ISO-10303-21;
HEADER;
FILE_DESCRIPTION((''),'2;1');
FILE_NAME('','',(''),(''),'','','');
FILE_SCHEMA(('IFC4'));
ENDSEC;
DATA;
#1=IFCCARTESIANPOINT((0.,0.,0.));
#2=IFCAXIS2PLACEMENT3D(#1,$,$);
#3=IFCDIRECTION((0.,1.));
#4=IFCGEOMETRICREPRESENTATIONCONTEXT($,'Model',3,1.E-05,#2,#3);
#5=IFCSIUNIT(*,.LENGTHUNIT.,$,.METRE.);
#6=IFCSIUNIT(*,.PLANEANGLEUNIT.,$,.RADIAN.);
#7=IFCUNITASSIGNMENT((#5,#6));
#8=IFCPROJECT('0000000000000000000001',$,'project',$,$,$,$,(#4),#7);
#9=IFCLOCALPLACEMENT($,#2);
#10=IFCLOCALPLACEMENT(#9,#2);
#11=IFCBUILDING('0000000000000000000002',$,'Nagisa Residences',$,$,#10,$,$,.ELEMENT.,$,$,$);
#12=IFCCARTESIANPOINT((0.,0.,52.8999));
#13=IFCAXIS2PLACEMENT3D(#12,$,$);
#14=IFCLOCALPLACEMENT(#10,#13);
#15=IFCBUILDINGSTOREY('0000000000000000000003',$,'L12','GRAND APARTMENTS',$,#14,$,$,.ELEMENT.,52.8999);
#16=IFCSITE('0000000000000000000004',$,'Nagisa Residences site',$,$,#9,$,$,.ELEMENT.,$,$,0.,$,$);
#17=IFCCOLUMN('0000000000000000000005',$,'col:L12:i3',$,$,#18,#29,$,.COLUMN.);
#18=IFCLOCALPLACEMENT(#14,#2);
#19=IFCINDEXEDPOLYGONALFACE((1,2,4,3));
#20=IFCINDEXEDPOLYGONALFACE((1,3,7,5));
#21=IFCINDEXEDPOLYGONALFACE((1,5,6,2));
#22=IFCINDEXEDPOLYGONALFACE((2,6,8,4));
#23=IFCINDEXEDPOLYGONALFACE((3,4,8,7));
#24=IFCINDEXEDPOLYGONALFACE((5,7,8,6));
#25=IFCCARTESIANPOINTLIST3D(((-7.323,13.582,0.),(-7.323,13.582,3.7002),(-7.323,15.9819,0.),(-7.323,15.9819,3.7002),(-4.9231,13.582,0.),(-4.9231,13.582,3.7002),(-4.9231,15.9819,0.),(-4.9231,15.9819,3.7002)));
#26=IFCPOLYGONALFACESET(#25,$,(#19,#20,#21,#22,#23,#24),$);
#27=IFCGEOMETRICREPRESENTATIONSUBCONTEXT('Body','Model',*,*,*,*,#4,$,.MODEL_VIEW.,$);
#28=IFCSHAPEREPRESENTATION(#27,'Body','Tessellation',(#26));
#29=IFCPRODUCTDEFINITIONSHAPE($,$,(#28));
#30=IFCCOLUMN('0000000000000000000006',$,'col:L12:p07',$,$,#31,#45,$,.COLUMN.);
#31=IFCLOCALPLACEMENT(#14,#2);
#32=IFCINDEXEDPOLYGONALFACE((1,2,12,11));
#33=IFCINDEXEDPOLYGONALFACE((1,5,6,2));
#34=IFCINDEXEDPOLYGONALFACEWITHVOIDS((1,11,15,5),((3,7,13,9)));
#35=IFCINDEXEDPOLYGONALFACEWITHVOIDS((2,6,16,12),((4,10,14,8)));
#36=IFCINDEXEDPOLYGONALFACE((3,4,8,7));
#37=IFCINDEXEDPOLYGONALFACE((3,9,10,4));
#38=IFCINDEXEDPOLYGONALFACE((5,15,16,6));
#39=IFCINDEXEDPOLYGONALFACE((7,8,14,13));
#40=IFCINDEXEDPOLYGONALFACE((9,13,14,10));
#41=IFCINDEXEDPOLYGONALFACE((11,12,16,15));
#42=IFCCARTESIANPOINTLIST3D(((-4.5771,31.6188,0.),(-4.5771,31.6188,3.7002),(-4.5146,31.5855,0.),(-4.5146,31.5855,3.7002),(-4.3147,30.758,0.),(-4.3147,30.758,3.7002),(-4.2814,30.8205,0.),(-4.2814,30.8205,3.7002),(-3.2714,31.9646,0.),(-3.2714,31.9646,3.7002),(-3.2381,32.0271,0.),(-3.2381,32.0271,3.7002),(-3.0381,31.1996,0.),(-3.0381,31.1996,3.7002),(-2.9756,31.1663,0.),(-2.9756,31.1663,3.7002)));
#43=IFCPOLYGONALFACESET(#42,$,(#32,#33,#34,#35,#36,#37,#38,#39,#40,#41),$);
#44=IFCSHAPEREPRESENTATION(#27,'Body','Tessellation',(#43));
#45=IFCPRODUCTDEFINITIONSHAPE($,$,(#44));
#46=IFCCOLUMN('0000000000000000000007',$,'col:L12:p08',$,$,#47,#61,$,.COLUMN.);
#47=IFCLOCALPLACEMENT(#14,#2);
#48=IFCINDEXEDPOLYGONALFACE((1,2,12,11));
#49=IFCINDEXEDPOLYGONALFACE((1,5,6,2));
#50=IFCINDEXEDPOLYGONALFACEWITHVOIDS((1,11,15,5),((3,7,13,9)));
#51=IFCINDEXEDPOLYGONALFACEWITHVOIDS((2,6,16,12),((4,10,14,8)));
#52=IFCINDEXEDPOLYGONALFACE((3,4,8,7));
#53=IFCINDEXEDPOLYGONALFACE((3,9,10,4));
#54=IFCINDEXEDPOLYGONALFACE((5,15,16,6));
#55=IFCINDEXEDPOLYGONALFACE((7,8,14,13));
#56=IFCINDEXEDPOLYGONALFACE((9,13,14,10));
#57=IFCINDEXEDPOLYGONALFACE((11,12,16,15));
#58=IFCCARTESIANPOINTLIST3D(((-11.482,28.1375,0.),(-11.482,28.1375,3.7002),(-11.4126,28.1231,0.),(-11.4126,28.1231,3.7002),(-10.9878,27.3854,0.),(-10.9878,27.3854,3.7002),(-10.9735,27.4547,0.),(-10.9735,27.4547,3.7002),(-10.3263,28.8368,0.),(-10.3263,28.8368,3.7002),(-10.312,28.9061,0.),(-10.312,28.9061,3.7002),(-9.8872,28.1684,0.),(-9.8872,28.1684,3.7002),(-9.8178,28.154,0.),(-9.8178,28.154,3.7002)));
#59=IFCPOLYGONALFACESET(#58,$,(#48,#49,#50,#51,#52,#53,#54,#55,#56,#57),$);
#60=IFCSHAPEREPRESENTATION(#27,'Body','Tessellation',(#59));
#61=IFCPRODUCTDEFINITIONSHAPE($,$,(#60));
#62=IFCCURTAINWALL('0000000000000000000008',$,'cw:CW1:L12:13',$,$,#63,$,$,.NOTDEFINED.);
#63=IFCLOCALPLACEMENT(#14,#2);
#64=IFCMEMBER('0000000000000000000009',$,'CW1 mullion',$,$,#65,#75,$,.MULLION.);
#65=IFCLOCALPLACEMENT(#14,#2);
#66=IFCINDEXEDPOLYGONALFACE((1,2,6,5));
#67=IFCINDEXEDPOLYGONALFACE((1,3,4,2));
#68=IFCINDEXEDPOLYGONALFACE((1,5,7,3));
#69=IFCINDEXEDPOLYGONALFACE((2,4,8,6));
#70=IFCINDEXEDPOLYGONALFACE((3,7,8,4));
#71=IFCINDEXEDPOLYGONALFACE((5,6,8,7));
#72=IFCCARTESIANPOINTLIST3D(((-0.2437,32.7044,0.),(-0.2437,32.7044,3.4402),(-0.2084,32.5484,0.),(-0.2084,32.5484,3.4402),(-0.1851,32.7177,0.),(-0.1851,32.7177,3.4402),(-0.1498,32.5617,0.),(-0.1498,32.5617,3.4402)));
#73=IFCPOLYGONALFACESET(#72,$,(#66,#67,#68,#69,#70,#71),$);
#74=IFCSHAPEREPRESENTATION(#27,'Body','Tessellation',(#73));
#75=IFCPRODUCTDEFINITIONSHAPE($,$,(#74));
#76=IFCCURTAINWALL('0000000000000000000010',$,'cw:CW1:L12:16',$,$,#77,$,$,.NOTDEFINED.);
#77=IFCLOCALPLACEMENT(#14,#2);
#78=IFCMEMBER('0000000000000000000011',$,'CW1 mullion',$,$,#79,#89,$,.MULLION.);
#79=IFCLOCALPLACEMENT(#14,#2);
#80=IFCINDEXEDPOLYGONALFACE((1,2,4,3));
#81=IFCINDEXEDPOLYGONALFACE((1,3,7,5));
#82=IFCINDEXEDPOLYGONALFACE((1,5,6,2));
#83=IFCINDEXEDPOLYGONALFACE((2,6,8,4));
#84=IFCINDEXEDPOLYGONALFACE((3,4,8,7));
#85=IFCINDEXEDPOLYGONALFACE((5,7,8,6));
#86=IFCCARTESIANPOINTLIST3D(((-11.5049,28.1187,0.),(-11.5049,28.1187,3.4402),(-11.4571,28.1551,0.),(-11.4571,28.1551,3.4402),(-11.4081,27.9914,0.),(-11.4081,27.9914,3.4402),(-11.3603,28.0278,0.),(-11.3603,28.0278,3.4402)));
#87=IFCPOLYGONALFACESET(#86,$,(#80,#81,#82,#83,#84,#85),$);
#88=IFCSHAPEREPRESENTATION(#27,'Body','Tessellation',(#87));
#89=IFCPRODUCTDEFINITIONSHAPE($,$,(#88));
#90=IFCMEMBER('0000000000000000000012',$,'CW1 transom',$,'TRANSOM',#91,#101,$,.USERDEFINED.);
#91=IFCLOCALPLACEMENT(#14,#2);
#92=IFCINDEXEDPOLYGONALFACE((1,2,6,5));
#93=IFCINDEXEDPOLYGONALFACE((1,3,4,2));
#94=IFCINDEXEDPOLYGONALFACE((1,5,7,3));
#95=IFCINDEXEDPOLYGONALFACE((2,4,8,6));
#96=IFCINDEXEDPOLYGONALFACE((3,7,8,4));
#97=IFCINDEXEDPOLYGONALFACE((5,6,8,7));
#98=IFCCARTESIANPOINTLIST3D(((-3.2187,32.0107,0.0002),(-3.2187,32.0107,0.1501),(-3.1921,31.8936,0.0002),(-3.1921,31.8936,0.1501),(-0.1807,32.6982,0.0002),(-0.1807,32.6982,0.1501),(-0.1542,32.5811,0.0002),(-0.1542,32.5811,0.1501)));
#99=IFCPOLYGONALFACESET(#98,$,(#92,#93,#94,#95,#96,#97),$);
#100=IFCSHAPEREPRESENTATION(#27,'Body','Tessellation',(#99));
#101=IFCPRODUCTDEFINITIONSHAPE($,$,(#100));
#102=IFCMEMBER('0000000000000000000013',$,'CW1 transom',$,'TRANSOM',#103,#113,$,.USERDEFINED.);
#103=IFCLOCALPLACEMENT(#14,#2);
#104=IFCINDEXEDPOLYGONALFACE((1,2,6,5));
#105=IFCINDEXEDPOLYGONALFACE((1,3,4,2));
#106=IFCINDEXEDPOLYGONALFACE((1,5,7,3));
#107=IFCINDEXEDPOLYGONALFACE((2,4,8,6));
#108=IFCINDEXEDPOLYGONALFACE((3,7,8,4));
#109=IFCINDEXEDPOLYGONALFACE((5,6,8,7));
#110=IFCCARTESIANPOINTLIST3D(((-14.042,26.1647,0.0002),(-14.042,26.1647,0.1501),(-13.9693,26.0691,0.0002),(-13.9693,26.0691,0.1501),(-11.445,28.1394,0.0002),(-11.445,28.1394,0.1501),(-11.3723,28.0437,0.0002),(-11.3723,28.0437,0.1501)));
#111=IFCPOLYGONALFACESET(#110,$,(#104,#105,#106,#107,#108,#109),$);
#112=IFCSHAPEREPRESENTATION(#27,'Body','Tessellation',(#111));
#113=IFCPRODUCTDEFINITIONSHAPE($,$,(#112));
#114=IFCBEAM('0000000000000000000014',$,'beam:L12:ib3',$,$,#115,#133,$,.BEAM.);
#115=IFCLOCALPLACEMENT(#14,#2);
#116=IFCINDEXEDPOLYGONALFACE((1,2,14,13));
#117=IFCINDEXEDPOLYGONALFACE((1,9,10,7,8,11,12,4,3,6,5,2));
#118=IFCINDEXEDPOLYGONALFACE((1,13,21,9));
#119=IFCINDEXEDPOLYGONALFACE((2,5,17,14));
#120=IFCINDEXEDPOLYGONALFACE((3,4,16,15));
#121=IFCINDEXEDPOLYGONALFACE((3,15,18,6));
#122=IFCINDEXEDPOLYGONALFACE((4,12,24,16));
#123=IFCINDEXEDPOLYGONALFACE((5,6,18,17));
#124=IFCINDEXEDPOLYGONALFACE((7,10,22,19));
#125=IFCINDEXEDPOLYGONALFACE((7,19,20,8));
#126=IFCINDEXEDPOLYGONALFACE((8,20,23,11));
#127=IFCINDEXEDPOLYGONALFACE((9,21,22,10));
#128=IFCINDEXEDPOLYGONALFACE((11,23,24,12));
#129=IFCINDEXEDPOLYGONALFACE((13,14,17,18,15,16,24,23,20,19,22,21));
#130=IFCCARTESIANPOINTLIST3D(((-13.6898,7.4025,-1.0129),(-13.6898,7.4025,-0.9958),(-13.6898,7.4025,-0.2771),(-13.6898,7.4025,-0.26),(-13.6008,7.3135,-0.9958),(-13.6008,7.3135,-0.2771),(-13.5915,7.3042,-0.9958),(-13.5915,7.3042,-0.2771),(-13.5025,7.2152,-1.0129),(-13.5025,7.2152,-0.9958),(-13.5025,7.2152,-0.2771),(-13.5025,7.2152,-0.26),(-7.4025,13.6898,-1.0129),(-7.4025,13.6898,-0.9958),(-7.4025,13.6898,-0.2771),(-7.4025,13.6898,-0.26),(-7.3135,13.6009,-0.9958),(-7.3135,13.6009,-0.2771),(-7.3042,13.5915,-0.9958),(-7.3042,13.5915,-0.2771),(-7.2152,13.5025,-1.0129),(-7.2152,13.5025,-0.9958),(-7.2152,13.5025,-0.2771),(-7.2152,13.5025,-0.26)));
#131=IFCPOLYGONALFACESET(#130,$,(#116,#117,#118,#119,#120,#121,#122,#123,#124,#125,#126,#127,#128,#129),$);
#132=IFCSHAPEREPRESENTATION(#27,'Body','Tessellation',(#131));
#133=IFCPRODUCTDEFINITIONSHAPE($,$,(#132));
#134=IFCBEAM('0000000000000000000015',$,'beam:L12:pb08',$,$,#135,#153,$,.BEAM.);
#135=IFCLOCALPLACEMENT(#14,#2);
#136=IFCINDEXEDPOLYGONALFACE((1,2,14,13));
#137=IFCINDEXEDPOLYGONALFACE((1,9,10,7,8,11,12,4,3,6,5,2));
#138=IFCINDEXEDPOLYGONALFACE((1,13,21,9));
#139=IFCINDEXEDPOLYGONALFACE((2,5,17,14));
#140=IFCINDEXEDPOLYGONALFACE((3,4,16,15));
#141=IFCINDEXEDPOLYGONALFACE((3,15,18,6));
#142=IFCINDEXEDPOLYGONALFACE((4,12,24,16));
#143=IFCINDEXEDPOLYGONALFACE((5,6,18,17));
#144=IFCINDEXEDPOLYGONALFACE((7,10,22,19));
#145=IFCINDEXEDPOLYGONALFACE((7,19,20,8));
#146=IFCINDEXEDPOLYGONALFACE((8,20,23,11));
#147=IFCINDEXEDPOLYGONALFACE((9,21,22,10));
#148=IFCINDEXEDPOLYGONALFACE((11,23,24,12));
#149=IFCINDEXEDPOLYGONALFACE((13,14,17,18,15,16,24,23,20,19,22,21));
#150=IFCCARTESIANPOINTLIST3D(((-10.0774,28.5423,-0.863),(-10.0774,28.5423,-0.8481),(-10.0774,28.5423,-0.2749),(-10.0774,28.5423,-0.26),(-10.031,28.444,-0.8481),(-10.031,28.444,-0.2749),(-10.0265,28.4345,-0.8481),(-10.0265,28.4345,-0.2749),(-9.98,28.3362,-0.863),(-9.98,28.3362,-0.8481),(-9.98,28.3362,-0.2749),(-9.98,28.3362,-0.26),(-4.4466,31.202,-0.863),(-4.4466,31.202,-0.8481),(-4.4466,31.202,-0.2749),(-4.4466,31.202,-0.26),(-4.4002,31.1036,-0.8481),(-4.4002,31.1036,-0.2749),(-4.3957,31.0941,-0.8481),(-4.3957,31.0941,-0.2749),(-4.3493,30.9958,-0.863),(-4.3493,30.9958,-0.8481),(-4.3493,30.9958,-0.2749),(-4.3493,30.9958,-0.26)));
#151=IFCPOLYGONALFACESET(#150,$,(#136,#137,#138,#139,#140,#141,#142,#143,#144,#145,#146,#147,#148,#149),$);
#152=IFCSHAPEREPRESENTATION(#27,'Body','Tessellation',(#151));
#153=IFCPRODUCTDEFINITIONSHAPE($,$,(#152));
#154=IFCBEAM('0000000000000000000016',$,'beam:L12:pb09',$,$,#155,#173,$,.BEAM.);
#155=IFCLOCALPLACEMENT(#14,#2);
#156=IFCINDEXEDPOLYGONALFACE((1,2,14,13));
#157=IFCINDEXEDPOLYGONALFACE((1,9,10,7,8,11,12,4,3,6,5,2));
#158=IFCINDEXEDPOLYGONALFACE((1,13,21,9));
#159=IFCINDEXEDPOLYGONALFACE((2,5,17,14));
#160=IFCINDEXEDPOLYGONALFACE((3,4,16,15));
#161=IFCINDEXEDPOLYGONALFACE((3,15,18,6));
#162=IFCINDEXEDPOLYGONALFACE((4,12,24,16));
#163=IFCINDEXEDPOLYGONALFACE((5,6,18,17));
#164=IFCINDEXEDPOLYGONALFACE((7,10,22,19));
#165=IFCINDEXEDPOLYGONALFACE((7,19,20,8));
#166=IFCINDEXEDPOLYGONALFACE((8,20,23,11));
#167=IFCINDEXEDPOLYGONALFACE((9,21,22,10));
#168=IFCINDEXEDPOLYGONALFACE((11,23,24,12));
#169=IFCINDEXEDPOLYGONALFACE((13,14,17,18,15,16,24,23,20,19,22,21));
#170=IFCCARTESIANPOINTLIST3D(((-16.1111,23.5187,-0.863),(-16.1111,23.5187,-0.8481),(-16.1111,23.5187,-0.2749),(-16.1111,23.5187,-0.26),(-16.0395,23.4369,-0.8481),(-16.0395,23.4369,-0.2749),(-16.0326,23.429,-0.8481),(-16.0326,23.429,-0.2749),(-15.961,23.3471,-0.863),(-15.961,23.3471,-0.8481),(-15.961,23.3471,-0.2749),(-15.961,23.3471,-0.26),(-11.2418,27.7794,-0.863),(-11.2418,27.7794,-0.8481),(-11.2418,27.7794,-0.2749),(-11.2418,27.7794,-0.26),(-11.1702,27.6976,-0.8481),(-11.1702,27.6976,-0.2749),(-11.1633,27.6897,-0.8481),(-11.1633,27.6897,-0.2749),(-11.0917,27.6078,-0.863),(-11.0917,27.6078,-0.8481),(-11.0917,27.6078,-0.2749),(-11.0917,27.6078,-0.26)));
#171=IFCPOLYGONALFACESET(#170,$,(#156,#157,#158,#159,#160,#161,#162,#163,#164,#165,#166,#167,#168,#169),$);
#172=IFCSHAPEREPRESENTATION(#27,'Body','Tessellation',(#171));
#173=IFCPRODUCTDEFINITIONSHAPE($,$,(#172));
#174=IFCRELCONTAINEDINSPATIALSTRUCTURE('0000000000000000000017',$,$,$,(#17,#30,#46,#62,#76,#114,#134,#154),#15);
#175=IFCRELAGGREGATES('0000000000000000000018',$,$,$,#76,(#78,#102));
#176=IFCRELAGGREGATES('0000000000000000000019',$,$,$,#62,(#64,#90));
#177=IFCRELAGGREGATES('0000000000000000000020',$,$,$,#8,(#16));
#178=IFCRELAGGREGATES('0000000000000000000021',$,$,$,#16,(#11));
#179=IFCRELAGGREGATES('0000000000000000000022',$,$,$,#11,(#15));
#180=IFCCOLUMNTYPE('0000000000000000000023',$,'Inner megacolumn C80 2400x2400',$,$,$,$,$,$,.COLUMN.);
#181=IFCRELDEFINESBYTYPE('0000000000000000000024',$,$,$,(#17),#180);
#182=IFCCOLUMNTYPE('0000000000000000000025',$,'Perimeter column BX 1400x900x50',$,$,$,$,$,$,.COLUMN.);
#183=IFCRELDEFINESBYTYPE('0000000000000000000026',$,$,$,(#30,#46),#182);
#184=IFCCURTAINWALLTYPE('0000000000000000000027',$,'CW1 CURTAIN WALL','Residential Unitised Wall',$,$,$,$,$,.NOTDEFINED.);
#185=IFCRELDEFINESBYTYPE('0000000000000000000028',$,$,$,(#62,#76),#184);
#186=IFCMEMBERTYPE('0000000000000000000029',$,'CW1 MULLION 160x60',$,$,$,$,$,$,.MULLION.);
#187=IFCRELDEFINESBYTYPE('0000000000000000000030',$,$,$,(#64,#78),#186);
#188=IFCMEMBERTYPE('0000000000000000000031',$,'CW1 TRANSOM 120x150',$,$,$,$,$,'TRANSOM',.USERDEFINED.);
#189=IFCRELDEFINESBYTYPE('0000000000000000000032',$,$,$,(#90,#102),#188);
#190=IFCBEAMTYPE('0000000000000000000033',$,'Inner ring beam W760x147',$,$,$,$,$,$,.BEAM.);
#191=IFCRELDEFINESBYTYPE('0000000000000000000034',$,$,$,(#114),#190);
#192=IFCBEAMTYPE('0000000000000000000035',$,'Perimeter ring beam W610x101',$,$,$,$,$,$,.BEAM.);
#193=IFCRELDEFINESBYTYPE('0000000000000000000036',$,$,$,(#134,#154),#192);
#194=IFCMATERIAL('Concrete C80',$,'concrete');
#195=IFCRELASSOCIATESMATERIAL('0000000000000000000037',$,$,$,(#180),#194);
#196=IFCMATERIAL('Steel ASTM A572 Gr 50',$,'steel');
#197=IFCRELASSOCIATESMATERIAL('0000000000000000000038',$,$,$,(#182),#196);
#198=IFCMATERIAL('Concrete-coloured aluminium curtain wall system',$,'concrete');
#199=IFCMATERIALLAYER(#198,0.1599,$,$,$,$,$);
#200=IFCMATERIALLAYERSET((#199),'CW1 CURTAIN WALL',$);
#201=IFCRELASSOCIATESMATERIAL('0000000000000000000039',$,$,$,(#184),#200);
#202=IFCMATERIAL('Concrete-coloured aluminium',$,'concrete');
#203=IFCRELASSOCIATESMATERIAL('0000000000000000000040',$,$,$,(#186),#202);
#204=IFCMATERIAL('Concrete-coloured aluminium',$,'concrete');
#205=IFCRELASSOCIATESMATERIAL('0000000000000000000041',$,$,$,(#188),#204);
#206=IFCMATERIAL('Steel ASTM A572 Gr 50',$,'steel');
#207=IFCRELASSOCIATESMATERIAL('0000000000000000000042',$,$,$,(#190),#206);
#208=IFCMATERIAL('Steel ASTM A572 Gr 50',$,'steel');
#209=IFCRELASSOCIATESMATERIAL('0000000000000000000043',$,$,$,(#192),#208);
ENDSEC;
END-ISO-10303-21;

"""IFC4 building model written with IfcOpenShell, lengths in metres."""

from ifc_helpers import new_model, si_unit, direction, frame, origin, origin_2d, place, context, subcontext, project, spatial, rectangle, hollow_rectangle, i_section, extrude, material, layer, layer_set, material_profile, profile_set, type_object, element, aggregate, save


model = new_model("IFC4")

# Units and contexts
model_context = context("Model", 3, precision=1e-05, world=origin(), true_north=direction((0.0, 1.0)))
body_context = subcontext(model_context, "Body", "Model", "MODEL_VIEW")
ifc_project = project(units=[si_unit("LENGTHUNIT", "METRE"), si_unit("PLANEANGLEUNIT", "RADIAN")], contexts=[model_context])

# Site, building, storey
site_placement = place(None, origin())
site = spatial("IfcSite", under=ifc_project, at=site_placement, Name="Nagisa Residences site", CompositionType="ELEMENT", RefElevation=0.0)
building_placement = place(site_placement, origin())
building = spatial("IfcBuilding", under=site, at=building_placement, Name="Nagisa Residences", CompositionType="ELEMENT")
storey_placement = place(building_placement, frame((0.0, 0.0, 52.8999)))
storey = spatial("IfcBuildingStorey", under=building, at=storey_placement, Name="L12", Description="GRAND APARTMENTS", CompositionType="ELEMENT", Elevation=52.8999)

# Columns
ifc_material_1 = material(Name="Concrete C80", Category="concrete")
ifc_material_profile_1 = material_profile(ifc_material_1, rectangle(XDim=2.3999, YDim=2.3999, at=origin_2d()), Name="C80 2400x2400")
ifc_profile_set_1 = profile_set([ifc_material_profile_1], Name="Concrete C80")
column_type_1 = type_object("IfcColumnType", Name="Inner megacolumn C80 2400x2400", PredefinedType="COLUMN", material=ifc_profile_set_1)
column_placement = place(storey_placement, frame((-6.123, 14.782, 0.0), z_axis=(0.0, 0.0, 1.0), x_axis=(1.0, 0.0, 0.0)))
element("IfcColumn", 1, at=column_placement, inside=storey, type_object=column_type_1, Name="col:L12:i3", PredefinedType="COLUMN", context=body_context, shape_type="SweptSolid", body=[
    extrude(rectangle(XDim=2.3999, YDim=2.3999, at=origin_2d()), origin(), (0.0, 0.0, 1.0), 3.7002),
])
ifc_material_2 = material(Name="Steel ASTM A572 Gr 50", Category="steel")
ifc_material_profile_2 = material_profile(ifc_material_2, hollow_rectangle(XDim=1.3999, YDim=0.8999, WallThickness=0.05, at=origin_2d()), Name="BX 1400x900x50")
ifc_profile_set_2 = profile_set([ifc_material_profile_2], Name="Steel ASTM A572 Gr 50")
column_type_2 = type_object("IfcColumnType", Name="Perimeter column BX 1400x900x50", PredefinedType="COLUMN", material=ifc_profile_set_2)
for number, where, z_axis, x_axis, name in (
    (2, (-3.7764, 31.3926, 0.0), (0.0, 0.0, 1.0), (-0.956525, -0.291652, 0.0), "col:L12:p07"),
    (3, (-10.6499, 28.1458, 0.0), (0.0, 0.0, 1.0), (-0.835766, -0.549086, 0.0), "col:L12:p08"),
):
    element("IfcColumn", number, at=place(storey_placement, frame(where, z_axis=z_axis, x_axis=x_axis)), inside=storey, type_object=column_type_2, Name=name, PredefinedType="COLUMN", context=body_context, shape_type="SweptSolid", body=[
        extrude(hollow_rectangle(XDim=1.3999, YDim=0.8999, WallThickness=0.05, at=origin_2d()), origin(), (0.0, 0.0, 1.0), 3.7002),
    ])

# Curtain walls, members
ifc_material_3 = material(Name="Concrete-coloured aluminium curtain wall system", Category="concrete")
ifc_layer_1 = layer(ifc_material_3, 0.1599)
ifc_layer_set_1 = layer_set([ifc_layer_1], Name="CW1 CURTAIN WALL")
curtain_wall_type = type_object("IfcCurtainWallType", Name="CW1 CURTAIN WALL", Description="Residential Unitised Wall", PredefinedType="NOTDEFINED", material=ifc_layer_set_1)
curtain_wall_1_placement = place(storey_placement, origin())
curtain_wall_1 = element("IfcCurtainWall", 4, at=curtain_wall_1_placement, inside=storey, type_object=curtain_wall_type, Name="cw:CW1:L12:13", PredefinedType="NOTDEFINED")
ifc_material_4 = material(Name="Concrete-coloured aluminium", Category="concrete")
ifc_material_profile_3 = material_profile(ifc_material_4, rectangle(XDim=0.1599, YDim=0.0601, at=origin_2d()), Name="CW1 MULLION 160x60")
ifc_profile_set_3 = profile_set([ifc_material_profile_3], Name="Concrete-coloured aluminium")
member_type_1 = type_object("IfcMemberType", Name="CW1 MULLION 160x60", PredefinedType="MULLION", material=ifc_profile_set_3)
member_1_placement = place(storey_placement, frame((-0.1968, 32.6331, 0.0), z_axis=(0.0, 0.0, 1.0), x_axis=(0.220764, -0.975327, 0.0)))
member_1 = element("IfcMember", 5, at=member_1_placement, type_object=member_type_1, Name="CW1 mullion", PredefinedType="MULLION", context=body_context, shape_type="SweptSolid", body=[
    extrude(rectangle(XDim=0.1599, YDim=0.0601, at=origin_2d()), origin(), (0.0, 0.0, 1.0), 3.4402),
])
curtain_wall_2_placement = place(storey_placement, origin())
curtain_wall_2 = element("IfcCurtainWall", 6, at=curtain_wall_2_placement, inside=storey, type_object=curtain_wall_type, Name="cw:CW1:L12:16", PredefinedType="NOTDEFINED")
member_2_placement = place(storey_placement, frame((-11.4326, 28.0732, 0.0), z_axis=(0.0, 0.0, 1.0), x_axis=(0.605255, -0.796031, 0.0)))
member_2 = element("IfcMember", 7, at=member_2_placement, type_object=member_type_1, Name="CW1 mullion", PredefinedType="MULLION", context=body_context, shape_type="SweptSolid", body=[
    extrude(rectangle(XDim=0.1599, YDim=0.0601, at=origin_2d()), origin(), (0.0, 0.0, 1.0), 3.4402),
])

# Members
ifc_material_5 = material(Name="Concrete-coloured aluminium", Category="concrete")
ifc_material_profile_4 = material_profile(ifc_material_5, rectangle(XDim=0.1201, YDim=0.1499, at=origin_2d()), Name="CW1 TRANSOM 120x150")
ifc_profile_set_4 = profile_set([ifc_material_profile_4], Name="Concrete-coloured aluminium")
member_type_2 = type_object("IfcMemberType", Name="CW1 TRANSOM 120x150", ElementType="TRANSOM", PredefinedType="USERDEFINED", material=ifc_profile_set_4)
member_3_placement = place(storey_placement, frame((-0.1675, 32.6396, 0.0752), z_axis=(-0.975335, -0.22073, 0.0), x_axis=(0.22073, -0.975335, 0.0)))
member_3 = element("IfcMember", 8, at=member_3_placement, type_object=member_type_2, Name="CW1 transom", ObjectType="TRANSOM", PredefinedType="USERDEFINED", context=body_context, shape_type="SweptSolid", body=[
    extrude(rectangle(XDim=0.1201, YDim=0.1499, at=origin_2d()), origin(), (0.0, 0.0, 1.0), 3.1147),
])
member_4_placement = place(storey_placement, frame((-11.4087, 28.0916, 0.0752), z_axis=(-0.796022, -0.605267, 0.0), x_axis=(0.605267, -0.796022, 0.0)))
member_4 = element("IfcMember", 9, at=member_4_placement, type_object=member_type_2, Name="CW1 transom", ObjectType="TRANSOM", PredefinedType="USERDEFINED", context=body_context, shape_type="SweptSolid", body=[
    extrude(rectangle(XDim=0.1201, YDim=0.1499, at=origin_2d()), origin(), (0.0, 0.0, 1.0), 3.2625),
])
aggregate(curtain_wall_2, [member_2, member_4])

# Beams
ifc_material_6 = material(Name="Steel ASTM A572 Gr 50", Category="steel")
ifc_material_profile_5 = material_profile(ifc_material_6, i_section(OverallWidth=0.2649, OverallDepth=0.7529, WebThickness=0.0132, FlangeThickness=0.0171, at=origin_2d()), Name="W760x147")
ifc_profile_set_5 = profile_set([ifc_material_profile_5], Name="Steel ASTM A572 Gr 50")
beam_type_1 = type_object("IfcBeamType", Name="Inner ring beam W760x147", PredefinedType="BEAM", material=ifc_profile_set_5)
beam_1_placement = place(storey_placement, frame((-7.3088, 13.5962, -0.6365), z_axis=(-0.707107, -0.707107, 0.0), x_axis=(0.707107, -0.707107, 0.0)))
element("IfcBeam", 10, at=beam_1_placement, inside=storey, type_object=beam_type_1, Name="beam:L12:ib3", PredefinedType="BEAM", context=body_context, shape_type="SweptSolid", body=[
    extrude(i_section(OverallWidth=0.2649, OverallDepth=0.7529, WebThickness=0.0132, FlangeThickness=0.0171, at=origin_2d()), origin(), (0.0, 0.0, 1.0), 8.8916),
])
ifc_material_7 = material(Name="Steel ASTM A572 Gr 50", Category="steel")
ifc_material_profile_6 = material_profile(ifc_material_7, i_section(OverallWidth=0.228, OverallDepth=0.603, WebThickness=0.0105, FlangeThickness=0.0149, at=origin_2d()), Name="W610x101")
ifc_profile_set_6 = profile_set([ifc_material_profile_6], Name="Steel ASTM A572 Gr 50")
beam_type_2 = type_object("IfcBeamType", Name="Perimeter ring beam W610x101", PredefinedType="BEAM", material=ifc_profile_set_6)
beam_2_placement = place(storey_placement, frame((-4.3979, 31.0989, -0.5615), z_axis=(-0.904208, -0.427092, 0.0), x_axis=(0.427092, -0.904208, 0.0)))
element("IfcBeam", 11, at=beam_2_placement, inside=storey, type_object=beam_type_2, Name="beam:L12:pb08", PredefinedType="BEAM", context=body_context, shape_type="SweptSolid", body=[
    extrude(i_section(OverallWidth=0.228, OverallDepth=0.603, WebThickness=0.0105, FlangeThickness=0.0149, at=origin_2d()), origin(), (0.0, 0.0, 1.0), 6.2273),
])
beam_3_placement = place(storey_placement, frame((-11.1667, 27.6936, -0.5615), z_axis=(-0.752574, -0.658507, 0.0), x_axis=(0.658507, -0.752574, 0.0)))
element("IfcBeam", 12, at=beam_3_placement, inside=storey, type_object=beam_type_2, Name="beam:L12:pb09", PredefinedType="BEAM", context=body_context, shape_type="SweptSolid", body=[
    extrude(i_section(OverallWidth=0.228, OverallDepth=0.603, WebThickness=0.0105, FlangeThickness=0.0149, at=origin_2d()), origin(), (0.0, 0.0, 1.0), 6.4702),
])

aggregate(curtain_wall_1, [member_1, member_3])

save(model, "model.ifc")
